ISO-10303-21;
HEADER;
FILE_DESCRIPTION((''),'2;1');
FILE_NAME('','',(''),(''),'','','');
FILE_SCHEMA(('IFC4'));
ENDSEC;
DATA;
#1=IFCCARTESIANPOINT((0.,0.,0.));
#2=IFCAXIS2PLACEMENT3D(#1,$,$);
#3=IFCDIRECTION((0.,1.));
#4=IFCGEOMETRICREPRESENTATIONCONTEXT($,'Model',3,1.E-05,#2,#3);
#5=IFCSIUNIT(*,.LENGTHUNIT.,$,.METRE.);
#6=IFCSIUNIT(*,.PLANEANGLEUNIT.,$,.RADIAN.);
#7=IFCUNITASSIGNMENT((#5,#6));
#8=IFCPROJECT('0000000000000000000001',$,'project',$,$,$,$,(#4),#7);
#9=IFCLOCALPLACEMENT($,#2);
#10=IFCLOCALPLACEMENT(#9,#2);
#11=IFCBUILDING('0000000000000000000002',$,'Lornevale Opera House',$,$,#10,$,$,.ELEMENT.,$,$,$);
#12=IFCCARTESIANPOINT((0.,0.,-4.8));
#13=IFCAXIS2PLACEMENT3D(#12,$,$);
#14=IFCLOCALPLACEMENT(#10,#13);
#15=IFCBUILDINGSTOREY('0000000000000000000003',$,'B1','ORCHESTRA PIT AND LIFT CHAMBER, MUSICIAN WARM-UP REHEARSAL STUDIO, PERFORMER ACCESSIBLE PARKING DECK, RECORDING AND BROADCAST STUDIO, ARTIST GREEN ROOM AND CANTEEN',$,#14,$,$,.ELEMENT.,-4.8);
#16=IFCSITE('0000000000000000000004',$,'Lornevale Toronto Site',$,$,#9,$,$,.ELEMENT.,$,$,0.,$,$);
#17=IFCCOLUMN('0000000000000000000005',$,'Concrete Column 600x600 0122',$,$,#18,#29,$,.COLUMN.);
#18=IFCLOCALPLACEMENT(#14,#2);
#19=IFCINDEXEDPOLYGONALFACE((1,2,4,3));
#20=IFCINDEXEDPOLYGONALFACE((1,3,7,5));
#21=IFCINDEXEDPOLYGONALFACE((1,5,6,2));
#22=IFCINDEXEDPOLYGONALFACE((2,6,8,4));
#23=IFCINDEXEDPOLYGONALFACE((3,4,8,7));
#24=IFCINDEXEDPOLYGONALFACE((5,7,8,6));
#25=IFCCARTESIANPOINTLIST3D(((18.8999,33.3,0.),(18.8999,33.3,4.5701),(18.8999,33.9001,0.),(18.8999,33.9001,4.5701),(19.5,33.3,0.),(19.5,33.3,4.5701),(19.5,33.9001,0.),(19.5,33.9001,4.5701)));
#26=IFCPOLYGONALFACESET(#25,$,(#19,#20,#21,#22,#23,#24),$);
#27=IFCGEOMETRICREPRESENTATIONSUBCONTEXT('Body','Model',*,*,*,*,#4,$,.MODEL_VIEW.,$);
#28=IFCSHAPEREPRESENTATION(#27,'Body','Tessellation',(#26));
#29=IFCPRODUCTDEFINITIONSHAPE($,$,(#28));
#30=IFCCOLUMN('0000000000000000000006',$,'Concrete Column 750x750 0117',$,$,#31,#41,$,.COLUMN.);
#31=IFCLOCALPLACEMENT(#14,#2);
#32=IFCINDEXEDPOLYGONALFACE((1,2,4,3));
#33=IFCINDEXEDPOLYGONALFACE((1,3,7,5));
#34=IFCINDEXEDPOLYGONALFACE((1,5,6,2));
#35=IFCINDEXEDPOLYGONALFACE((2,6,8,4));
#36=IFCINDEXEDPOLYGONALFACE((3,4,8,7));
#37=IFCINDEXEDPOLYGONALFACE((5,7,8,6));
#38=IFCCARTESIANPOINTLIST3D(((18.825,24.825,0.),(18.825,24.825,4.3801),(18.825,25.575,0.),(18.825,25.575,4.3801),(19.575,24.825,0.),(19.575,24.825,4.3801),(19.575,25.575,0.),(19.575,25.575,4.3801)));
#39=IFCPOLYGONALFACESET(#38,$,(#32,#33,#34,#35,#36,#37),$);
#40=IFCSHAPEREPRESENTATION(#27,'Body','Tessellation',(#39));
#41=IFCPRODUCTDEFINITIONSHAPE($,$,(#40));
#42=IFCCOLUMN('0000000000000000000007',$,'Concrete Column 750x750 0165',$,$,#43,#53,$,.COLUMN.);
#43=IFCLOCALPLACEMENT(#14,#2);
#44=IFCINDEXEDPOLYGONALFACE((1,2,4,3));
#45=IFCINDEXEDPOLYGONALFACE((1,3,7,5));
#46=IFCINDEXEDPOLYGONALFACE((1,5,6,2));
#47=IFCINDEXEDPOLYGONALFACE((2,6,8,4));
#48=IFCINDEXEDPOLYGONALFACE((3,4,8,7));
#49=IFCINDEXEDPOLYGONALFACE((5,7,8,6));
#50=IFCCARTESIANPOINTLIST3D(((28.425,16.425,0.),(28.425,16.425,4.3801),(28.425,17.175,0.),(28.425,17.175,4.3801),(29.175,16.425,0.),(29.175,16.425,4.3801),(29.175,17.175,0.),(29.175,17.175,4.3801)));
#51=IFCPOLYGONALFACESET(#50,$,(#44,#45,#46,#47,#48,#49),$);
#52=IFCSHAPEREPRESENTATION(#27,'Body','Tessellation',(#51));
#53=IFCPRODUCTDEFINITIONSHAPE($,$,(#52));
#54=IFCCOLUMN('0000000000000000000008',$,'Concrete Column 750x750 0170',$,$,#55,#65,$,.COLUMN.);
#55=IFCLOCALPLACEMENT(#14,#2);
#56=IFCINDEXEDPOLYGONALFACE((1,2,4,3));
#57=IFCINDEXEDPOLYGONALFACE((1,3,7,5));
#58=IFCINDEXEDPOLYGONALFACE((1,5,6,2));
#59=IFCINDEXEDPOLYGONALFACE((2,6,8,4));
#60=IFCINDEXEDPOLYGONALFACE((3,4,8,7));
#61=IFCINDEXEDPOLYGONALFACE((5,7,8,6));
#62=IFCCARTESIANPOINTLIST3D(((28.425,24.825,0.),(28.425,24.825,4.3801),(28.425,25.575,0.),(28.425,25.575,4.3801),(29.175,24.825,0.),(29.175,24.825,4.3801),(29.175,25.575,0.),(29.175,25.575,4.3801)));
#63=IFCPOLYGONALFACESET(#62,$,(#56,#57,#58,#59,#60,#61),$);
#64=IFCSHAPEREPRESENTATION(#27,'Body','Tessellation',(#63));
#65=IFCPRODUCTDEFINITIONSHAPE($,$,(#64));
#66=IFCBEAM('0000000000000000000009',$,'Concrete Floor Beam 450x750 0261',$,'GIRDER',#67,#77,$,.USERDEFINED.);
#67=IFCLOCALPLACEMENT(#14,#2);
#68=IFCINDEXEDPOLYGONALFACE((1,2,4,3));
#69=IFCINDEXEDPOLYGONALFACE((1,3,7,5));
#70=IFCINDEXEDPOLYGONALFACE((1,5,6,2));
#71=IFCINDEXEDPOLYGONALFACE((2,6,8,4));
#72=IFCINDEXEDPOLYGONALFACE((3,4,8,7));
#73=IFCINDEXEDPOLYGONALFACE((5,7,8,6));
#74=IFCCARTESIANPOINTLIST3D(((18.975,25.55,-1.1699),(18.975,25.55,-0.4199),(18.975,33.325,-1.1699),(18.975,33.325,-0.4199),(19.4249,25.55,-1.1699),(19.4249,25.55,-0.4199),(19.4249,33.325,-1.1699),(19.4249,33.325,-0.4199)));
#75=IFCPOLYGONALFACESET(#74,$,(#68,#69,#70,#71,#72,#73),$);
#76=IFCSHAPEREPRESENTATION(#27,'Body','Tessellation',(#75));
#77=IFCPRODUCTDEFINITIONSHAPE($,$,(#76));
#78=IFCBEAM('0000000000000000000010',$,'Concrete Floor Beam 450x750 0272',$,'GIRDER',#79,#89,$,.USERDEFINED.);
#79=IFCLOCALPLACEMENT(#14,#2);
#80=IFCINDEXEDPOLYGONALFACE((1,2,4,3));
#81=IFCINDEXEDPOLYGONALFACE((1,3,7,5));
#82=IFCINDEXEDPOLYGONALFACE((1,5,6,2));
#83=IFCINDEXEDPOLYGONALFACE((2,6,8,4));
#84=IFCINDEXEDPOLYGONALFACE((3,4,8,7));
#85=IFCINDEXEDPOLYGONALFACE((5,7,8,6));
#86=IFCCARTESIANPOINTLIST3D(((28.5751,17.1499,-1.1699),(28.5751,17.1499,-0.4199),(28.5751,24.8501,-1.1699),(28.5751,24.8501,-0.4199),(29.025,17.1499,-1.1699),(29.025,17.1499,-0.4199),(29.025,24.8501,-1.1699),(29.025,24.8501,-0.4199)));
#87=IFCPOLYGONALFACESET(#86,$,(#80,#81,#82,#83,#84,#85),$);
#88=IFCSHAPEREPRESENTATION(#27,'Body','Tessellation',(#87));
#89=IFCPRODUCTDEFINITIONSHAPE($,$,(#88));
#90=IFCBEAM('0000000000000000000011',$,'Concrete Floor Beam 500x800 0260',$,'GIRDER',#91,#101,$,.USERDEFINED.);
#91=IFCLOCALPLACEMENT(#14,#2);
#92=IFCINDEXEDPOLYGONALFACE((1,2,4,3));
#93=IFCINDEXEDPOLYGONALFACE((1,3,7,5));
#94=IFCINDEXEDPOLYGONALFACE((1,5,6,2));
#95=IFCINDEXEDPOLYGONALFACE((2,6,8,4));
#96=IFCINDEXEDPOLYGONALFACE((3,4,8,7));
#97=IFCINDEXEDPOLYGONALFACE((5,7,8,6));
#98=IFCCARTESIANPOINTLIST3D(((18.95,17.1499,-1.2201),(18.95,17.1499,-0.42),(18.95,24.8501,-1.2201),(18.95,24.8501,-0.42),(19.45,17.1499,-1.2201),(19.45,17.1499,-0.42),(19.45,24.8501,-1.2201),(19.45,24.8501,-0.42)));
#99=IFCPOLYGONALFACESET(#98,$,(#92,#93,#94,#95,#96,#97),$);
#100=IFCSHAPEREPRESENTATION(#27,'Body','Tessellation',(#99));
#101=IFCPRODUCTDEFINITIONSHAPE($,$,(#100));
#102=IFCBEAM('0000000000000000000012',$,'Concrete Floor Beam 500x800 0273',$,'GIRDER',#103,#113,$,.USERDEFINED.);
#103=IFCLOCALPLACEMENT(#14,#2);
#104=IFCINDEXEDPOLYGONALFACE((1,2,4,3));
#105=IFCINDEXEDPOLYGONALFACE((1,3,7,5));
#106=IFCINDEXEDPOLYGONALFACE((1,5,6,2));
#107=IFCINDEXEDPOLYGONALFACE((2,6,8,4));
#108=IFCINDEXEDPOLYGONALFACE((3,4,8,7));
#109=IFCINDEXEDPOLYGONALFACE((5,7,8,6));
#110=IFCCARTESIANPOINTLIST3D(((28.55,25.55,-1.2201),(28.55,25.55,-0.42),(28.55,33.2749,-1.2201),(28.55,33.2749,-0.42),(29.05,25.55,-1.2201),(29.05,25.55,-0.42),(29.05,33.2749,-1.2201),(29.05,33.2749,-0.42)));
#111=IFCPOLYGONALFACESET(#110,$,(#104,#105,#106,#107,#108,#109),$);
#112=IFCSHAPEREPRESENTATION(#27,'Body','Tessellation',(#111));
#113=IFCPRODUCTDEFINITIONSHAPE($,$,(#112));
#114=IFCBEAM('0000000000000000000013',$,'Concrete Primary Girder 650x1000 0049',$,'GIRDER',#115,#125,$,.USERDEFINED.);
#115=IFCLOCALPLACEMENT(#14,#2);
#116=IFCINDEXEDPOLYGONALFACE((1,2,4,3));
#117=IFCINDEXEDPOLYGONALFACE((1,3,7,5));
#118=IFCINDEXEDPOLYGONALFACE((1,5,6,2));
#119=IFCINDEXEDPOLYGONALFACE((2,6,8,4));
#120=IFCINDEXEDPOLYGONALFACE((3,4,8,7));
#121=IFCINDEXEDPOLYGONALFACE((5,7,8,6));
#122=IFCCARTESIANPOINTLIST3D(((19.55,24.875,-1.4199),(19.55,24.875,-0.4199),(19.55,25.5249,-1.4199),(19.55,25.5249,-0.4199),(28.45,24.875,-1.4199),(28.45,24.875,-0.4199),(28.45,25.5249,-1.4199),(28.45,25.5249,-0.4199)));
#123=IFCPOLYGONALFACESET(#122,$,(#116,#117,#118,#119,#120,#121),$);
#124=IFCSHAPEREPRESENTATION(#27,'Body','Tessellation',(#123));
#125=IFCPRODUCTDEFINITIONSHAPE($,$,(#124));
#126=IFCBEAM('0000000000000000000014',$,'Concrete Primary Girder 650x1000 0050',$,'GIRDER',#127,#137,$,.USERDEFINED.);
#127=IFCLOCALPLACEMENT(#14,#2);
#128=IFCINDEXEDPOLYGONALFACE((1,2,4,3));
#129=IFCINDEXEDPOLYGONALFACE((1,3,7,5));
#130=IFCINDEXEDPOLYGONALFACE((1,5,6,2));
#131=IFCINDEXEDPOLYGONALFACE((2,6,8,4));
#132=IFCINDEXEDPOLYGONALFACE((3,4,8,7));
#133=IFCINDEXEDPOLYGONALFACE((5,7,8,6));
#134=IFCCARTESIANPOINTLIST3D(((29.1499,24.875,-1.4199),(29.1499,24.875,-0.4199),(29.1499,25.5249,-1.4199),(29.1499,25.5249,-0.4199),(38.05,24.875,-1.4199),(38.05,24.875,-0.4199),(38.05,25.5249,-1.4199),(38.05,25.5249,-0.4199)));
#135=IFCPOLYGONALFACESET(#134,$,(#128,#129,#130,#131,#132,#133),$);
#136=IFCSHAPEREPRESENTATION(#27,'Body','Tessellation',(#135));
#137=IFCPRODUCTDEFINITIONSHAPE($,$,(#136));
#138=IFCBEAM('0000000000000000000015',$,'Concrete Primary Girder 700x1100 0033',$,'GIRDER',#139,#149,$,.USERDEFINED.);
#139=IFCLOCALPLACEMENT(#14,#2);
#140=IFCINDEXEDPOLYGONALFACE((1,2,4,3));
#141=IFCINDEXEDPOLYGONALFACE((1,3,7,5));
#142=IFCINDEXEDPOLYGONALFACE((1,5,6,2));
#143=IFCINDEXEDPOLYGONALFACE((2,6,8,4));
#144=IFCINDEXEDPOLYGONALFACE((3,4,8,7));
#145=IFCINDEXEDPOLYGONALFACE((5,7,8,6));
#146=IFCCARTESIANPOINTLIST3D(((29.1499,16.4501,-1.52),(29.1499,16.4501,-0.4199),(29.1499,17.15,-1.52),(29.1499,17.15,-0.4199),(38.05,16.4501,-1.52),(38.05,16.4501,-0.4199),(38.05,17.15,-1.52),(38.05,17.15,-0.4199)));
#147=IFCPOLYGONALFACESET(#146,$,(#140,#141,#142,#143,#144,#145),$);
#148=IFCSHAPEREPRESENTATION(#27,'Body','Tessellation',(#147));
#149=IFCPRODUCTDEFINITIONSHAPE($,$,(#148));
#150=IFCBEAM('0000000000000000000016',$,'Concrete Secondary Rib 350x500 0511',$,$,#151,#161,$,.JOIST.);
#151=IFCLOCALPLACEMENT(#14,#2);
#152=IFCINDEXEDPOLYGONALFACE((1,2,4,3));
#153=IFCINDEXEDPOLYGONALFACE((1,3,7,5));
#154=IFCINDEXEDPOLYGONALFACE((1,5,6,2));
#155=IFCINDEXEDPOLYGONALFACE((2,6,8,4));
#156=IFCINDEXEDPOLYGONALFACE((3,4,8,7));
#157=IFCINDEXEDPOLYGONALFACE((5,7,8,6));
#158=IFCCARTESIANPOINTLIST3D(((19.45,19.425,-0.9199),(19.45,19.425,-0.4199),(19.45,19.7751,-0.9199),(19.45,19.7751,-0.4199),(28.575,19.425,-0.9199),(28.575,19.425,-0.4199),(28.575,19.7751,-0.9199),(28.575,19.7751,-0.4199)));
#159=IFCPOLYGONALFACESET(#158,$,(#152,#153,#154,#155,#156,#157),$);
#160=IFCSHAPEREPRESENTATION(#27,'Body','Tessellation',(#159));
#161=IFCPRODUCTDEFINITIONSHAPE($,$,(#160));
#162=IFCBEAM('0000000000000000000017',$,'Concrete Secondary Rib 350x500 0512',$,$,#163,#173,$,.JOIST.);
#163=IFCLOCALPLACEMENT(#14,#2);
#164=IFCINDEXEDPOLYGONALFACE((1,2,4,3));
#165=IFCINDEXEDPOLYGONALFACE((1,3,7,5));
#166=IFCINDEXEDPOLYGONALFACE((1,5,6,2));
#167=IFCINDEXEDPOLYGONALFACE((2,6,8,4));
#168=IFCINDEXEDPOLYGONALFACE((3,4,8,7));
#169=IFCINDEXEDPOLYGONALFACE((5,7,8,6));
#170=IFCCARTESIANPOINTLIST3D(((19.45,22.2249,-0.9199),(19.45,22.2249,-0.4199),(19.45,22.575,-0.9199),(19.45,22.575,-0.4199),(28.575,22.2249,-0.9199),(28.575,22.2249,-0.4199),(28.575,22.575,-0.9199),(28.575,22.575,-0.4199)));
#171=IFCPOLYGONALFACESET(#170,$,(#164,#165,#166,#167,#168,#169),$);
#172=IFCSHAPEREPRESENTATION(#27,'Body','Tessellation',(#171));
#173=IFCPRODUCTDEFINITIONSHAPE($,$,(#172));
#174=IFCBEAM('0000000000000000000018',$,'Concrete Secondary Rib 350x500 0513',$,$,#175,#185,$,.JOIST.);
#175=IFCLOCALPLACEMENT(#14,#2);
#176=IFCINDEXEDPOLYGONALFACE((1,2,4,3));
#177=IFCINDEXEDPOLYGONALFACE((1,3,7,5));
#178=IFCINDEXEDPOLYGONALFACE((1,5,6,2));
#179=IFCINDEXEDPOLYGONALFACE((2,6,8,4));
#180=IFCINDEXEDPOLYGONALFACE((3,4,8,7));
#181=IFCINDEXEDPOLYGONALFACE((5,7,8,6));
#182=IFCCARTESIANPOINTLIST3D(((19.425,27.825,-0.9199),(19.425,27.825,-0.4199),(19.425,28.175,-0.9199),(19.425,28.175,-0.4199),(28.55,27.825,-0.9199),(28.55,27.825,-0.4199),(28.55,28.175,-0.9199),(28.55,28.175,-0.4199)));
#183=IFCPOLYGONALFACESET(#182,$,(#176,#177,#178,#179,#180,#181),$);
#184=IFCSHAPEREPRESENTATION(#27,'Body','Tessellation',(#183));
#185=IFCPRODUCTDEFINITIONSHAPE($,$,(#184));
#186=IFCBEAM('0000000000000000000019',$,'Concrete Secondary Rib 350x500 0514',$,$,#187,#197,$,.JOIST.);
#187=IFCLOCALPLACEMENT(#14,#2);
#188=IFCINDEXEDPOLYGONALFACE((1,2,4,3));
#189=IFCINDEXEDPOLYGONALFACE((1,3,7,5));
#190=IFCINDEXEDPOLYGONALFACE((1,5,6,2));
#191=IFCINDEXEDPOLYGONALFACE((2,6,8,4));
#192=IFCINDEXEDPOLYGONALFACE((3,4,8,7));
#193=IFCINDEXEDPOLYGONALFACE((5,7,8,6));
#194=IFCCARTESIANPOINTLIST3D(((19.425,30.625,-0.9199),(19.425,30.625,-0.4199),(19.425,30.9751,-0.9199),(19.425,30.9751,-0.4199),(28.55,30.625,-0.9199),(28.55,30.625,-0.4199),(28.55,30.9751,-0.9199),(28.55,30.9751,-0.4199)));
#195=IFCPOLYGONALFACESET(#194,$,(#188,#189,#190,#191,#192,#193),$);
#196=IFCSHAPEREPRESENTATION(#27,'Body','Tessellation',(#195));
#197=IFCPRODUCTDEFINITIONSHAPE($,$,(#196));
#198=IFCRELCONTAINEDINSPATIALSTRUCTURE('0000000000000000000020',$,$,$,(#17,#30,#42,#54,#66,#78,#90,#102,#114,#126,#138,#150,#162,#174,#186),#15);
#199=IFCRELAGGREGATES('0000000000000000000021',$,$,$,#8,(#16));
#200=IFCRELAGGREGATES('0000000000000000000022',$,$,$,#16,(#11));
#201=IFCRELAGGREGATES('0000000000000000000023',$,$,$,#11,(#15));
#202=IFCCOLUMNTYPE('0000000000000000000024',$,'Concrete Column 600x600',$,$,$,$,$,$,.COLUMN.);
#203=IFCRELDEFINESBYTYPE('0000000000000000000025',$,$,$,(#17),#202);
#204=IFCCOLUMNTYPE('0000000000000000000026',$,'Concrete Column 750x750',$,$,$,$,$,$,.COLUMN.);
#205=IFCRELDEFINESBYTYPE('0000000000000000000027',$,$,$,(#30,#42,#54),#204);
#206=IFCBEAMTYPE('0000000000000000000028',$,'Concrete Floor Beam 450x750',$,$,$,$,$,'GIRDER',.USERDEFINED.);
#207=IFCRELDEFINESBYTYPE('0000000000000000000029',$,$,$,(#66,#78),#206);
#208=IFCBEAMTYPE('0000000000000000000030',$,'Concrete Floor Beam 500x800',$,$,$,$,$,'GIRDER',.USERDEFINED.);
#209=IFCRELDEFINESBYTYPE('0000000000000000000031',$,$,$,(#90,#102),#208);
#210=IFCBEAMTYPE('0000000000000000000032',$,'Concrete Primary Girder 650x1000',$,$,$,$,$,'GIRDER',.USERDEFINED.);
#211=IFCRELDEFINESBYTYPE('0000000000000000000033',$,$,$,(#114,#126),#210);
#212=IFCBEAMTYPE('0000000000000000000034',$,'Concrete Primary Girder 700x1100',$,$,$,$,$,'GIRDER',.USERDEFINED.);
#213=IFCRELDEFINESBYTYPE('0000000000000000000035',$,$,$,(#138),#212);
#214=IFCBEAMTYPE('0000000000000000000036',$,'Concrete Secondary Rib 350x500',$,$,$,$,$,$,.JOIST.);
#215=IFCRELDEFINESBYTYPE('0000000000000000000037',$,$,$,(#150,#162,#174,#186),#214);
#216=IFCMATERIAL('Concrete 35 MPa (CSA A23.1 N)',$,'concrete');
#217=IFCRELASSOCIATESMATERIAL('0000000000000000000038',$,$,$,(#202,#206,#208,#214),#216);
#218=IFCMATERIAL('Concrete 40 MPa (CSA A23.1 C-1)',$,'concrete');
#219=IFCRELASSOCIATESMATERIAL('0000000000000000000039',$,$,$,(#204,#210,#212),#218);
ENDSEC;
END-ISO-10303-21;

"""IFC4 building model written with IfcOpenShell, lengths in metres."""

from ifc_helpers import new_model, si_unit, direction, frame, origin, origin_2d, place, context, subcontext, project, spatial, rectangle, extrude, material, material_profile, profile_set, type_object, element, save


model = new_model("IFC4")

# Units and contexts
model_context = context("Model", 3, precision=1e-05, world=origin(), true_north=direction((0.0, 1.0)))
body_context = subcontext(model_context, "Body", "Model", "MODEL_VIEW")
ifc_project = project(units=[si_unit("LENGTHUNIT", "METRE"), si_unit("PLANEANGLEUNIT", "RADIAN")], contexts=[model_context])

# Site, building, storey
site_placement = place(None, origin())
site = spatial("IfcSite", under=ifc_project, at=site_placement, Name="Lornevale Toronto Site", CompositionType="ELEMENT", RefElevation=0.0)
building_placement = place(site_placement, origin())
building = spatial("IfcBuilding", under=site, at=building_placement, Name="Lornevale Opera House", CompositionType="ELEMENT")
storey_placement = place(building_placement, frame((0.0, 0.0, -4.8)))
storey = spatial("IfcBuildingStorey", under=building, at=storey_placement, Name="B1", Description="ORCHESTRA PIT AND LIFT CHAMBER, MUSICIAN WARM-UP REHEARSAL STUDIO, PERFORMER ACCESSIBLE PARKING DECK, RECORDING AND BROADCAST STUDIO, ARTIST GREEN ROOM AND CANTEEN", CompositionType="ELEMENT", Elevation=-4.8)

# Columns
ifc_material_1 = material(Name="Concrete 35 MPa (CSA A23.1 N)", Category="concrete")
ifc_material_profile_1 = material_profile(ifc_material_1, rectangle(XDim=0.6001, YDim=0.6001, at=origin_2d()), Name="RC600x600")
ifc_profile_set_1 = profile_set([ifc_material_profile_1], Name="Concrete 35 MPa (CSA A23.1 N)")
column_type_1 = type_object("IfcColumnType", Name="Concrete Column 600x600", PredefinedType="COLUMN", material=ifc_profile_set_1)
column_placement = place(storey_placement, frame((19.2, 33.6001, 0.0), z_axis=(0.0, 0.0, 1.0), x_axis=(1.0, 0.0, 0.0)))
element("IfcColumn", 1, at=column_placement, inside=storey, type_object=column_type_1, Name="Concrete Column 600x600 0122", PredefinedType="COLUMN", context=body_context, shape_type="SweptSolid", body=[
    extrude(rectangle(XDim=0.6001, YDim=0.6001, at=origin_2d()), origin(), (0.0, 0.0, 1.0), 4.5701),
])
ifc_material_2 = material(Name="Concrete 40 MPa (CSA A23.1 C-1)", Category="concrete")
ifc_material_profile_2 = material_profile(ifc_material_2, rectangle(XDim=0.75, YDim=0.75, at=origin_2d()), Name="RC750x750")
ifc_profile_set_2 = profile_set([ifc_material_profile_2], Name="Concrete 40 MPa (CSA A23.1 C-1)")
column_type_2 = type_object("IfcColumnType", Name="Concrete Column 750x750", PredefinedType="COLUMN", material=ifc_profile_set_2)
for number, where, z_axis, x_axis, name in (
    (2, (19.2, 25.2, 0.0), (0.0, 0.0, 1.0), (1.0, 0.0, 0.0), "Concrete Column 750x750 0117"),
    (3, (28.8, 16.8, 0.0), (0.0, 0.0, 1.0), (1.0, 0.0, 0.0), "Concrete Column 750x750 0165"),
    (4, (28.8, 25.2, 0.0), (0.0, 0.0, 1.0), (1.0, 0.0, 0.0), "Concrete Column 750x750 0170"),
):
    element("IfcColumn", number, at=place(storey_placement, frame(where, z_axis=z_axis, x_axis=x_axis)), inside=storey, type_object=column_type_2, Name=name, PredefinedType="COLUMN", context=body_context, shape_type="SweptSolid", body=[
        extrude(rectangle(XDim=0.75, YDim=0.75, at=origin_2d()), origin(), (0.0, 0.0, 1.0), 4.3801),
    ])

# Beams
ifc_material_profile_3 = material_profile(ifc_material_1, rectangle(XDim=0.45, YDim=0.75, at=origin_2d()), Name="RC450x750")
ifc_profile_set_3 = profile_set([ifc_material_profile_3], Name="Concrete 35 MPa (CSA A23.1 N)")
beam_type_1 = type_object("IfcBeamType", Name="Concrete Floor Beam 450x750", ElementType="GIRDER", PredefinedType="USERDEFINED", material=ifc_profile_set_3)
beam_1_placement = place(storey_placement, frame((19.2, 25.55, -0.7949), z_axis=(0.0, 1.0, 0.0), x_axis=(-1.0, 0.0, 0.0)))
element("IfcBeam", 5, at=beam_1_placement, inside=storey, type_object=beam_type_1, Name="Concrete Floor Beam 450x750 0261", ObjectType="GIRDER", PredefinedType="USERDEFINED", context=body_context, shape_type="SweptSolid", body=[
    extrude(rectangle(XDim=0.45, YDim=0.75, at=origin_2d()), origin(), (0.0, 0.0, 1.0), 7.7749),
])
beam_2_placement = place(storey_placement, frame((28.8, 17.1499, -0.7949), z_axis=(0.0, 1.0, 0.0), x_axis=(-1.0, 0.0, 0.0)))
element("IfcBeam", 6, at=beam_2_placement, inside=storey, type_object=beam_type_1, Name="Concrete Floor Beam 450x750 0272", ObjectType="GIRDER", PredefinedType="USERDEFINED", context=body_context, shape_type="SweptSolid", body=[
    extrude(rectangle(XDim=0.45, YDim=0.75, at=origin_2d()), origin(), (0.0, 0.0, 1.0), 7.7002),
])
ifc_material_profile_4 = material_profile(ifc_material_1, rectangle(XDim=0.5, YDim=0.8, at=origin_2d()), Name="RC500x800")
ifc_profile_set_4 = profile_set([ifc_material_profile_4], Name="Concrete 35 MPa (CSA A23.1 N)")
beam_type_2 = type_object("IfcBeamType", Name="Concrete Floor Beam 500x800", ElementType="GIRDER", PredefinedType="USERDEFINED", material=ifc_profile_set_4)
beam_3_placement = place(storey_placement, frame((19.2, 17.1499, -0.8201), z_axis=(0.0, 1.0, 0.0), x_axis=(-1.0, 0.0, 0.0)))
element("IfcBeam", 7, at=beam_3_placement, inside=storey, type_object=beam_type_2, Name="Concrete Floor Beam 500x800 0260", ObjectType="GIRDER", PredefinedType="USERDEFINED", context=body_context, shape_type="SweptSolid", body=[
    extrude(rectangle(XDim=0.5, YDim=0.8, at=origin_2d()), origin(), (0.0, 0.0, 1.0), 7.7002),
])
beam_4_placement = place(storey_placement, frame((28.8, 25.55, -0.8201), z_axis=(0.0, 1.0, 0.0), x_axis=(-1.0, 0.0, 0.0)))
element("IfcBeam", 8, at=beam_4_placement, inside=storey, type_object=beam_type_2, Name="Concrete Floor Beam 500x800 0273", ObjectType="GIRDER", PredefinedType="USERDEFINED", context=body_context, shape_type="SweptSolid", body=[
    extrude(rectangle(XDim=0.5, YDim=0.8, at=origin_2d()), origin(), (0.0, 0.0, 1.0), 7.7249),
])
ifc_material_profile_5 = material_profile(ifc_material_2, rectangle(XDim=0.6499, YDim=1.0, at=origin_2d()), Name="RC650x1000")
ifc_profile_set_5 = profile_set([ifc_material_profile_5], Name="Concrete 40 MPa (CSA A23.1 C-1)")
beam_type_3 = type_object("IfcBeamType", Name="Concrete Primary Girder 650x1000", ElementType="GIRDER", PredefinedType="USERDEFINED", material=ifc_profile_set_5)
beam_5_placement = place(storey_placement, frame((19.55, 25.2, -0.9199), z_axis=(1.0, 0.0, 0.0), x_axis=(0.0, 1.0, 0.0)))
element("IfcBeam", 9, at=beam_5_placement, inside=storey, type_object=beam_type_3, Name="Concrete Primary Girder 650x1000 0049", ObjectType="GIRDER", PredefinedType="USERDEFINED", context=body_context, shape_type="SweptSolid", body=[
    extrude(rectangle(XDim=0.6499, YDim=1.0, at=origin_2d()), origin(), (0.0, 0.0, 1.0), 8.8999),
])
beam_6_placement = place(storey_placement, frame((29.1499, 25.2, -0.9199), z_axis=(1.0, 0.0, 0.0), x_axis=(0.0, 1.0, 0.0)))
element("IfcBeam", 10, at=beam_6_placement, inside=storey, type_object=beam_type_3, Name="Concrete Primary Girder 650x1000 0050", ObjectType="GIRDER", PredefinedType="USERDEFINED", context=body_context, shape_type="SweptSolid", body=[
    extrude(rectangle(XDim=0.6499, YDim=1.0, at=origin_2d()), origin(), (0.0, 0.0, 1.0), 8.9001),
])
ifc_material_profile_6 = material_profile(ifc_material_2, rectangle(XDim=0.7, YDim=1.1001, at=origin_2d()), Name="RC700x1100")
ifc_profile_set_6 = profile_set([ifc_material_profile_6], Name="Concrete 40 MPa (CSA A23.1 C-1)")
beam_type_4 = type_object("IfcBeamType", Name="Concrete Primary Girder 700x1100", ElementType="GIRDER", PredefinedType="USERDEFINED", material=ifc_profile_set_6)
beam_7_placement = place(storey_placement, frame((29.1499, 16.8, -0.97), z_axis=(1.0, 0.0, 0.0), x_axis=(0.0, 1.0, 0.0)))
element("IfcBeam", 11, at=beam_7_placement, inside=storey, type_object=beam_type_4, Name="Concrete Primary Girder 700x1100 0033", ObjectType="GIRDER", PredefinedType="USERDEFINED", context=body_context, shape_type="SweptSolid", body=[
    extrude(rectangle(XDim=0.7, YDim=1.1001, at=origin_2d()), origin(), (0.0, 0.0, 1.0), 8.9001),
])
ifc_material_profile_7 = material_profile(ifc_material_1, rectangle(XDim=0.3501, YDim=0.5, at=origin_2d()), Name="RC350x500")
ifc_profile_set_7 = profile_set([ifc_material_profile_7], Name="Concrete 35 MPa (CSA A23.1 N)")
beam_type_5 = type_object("IfcBeamType", Name="Concrete Secondary Rib 350x500", PredefinedType="JOIST", material=ifc_profile_set_7)
for number, where, z_axis, x_axis, name in (
    (12, (19.45, 19.6001, -0.6699), (1.0, 0.0, 0.0), (0.0, 1.0, 0.0), "Concrete Secondary Rib 350x500 0511"),
    (13, (19.45, 22.3999, -0.6699), (1.0, 0.0, 0.0), (0.0, 1.0, 0.0), "Concrete Secondary Rib 350x500 0512"),
    (14, (19.425, 28.0, -0.6699), (1.0, 0.0, 0.0), (0.0, 1.0, 0.0), "Concrete Secondary Rib 350x500 0513"),
    (15, (19.425, 30.8, -0.6699), (1.0, 0.0, 0.0), (0.0, 1.0, 0.0), "Concrete Secondary Rib 350x500 0514"),
):
    element("IfcBeam", number, at=place(storey_placement, frame(where, z_axis=z_axis, x_axis=x_axis)), inside=storey, type_object=beam_type_5, Name=name, PredefinedType="JOIST", context=body_context, shape_type="SweptSolid", body=[
        extrude(rectangle(XDim=0.3501, YDim=0.5, at=origin_2d()), origin(), (0.0, 0.0, 1.0), 9.125),
    ])

save(model, "model.ifc")
